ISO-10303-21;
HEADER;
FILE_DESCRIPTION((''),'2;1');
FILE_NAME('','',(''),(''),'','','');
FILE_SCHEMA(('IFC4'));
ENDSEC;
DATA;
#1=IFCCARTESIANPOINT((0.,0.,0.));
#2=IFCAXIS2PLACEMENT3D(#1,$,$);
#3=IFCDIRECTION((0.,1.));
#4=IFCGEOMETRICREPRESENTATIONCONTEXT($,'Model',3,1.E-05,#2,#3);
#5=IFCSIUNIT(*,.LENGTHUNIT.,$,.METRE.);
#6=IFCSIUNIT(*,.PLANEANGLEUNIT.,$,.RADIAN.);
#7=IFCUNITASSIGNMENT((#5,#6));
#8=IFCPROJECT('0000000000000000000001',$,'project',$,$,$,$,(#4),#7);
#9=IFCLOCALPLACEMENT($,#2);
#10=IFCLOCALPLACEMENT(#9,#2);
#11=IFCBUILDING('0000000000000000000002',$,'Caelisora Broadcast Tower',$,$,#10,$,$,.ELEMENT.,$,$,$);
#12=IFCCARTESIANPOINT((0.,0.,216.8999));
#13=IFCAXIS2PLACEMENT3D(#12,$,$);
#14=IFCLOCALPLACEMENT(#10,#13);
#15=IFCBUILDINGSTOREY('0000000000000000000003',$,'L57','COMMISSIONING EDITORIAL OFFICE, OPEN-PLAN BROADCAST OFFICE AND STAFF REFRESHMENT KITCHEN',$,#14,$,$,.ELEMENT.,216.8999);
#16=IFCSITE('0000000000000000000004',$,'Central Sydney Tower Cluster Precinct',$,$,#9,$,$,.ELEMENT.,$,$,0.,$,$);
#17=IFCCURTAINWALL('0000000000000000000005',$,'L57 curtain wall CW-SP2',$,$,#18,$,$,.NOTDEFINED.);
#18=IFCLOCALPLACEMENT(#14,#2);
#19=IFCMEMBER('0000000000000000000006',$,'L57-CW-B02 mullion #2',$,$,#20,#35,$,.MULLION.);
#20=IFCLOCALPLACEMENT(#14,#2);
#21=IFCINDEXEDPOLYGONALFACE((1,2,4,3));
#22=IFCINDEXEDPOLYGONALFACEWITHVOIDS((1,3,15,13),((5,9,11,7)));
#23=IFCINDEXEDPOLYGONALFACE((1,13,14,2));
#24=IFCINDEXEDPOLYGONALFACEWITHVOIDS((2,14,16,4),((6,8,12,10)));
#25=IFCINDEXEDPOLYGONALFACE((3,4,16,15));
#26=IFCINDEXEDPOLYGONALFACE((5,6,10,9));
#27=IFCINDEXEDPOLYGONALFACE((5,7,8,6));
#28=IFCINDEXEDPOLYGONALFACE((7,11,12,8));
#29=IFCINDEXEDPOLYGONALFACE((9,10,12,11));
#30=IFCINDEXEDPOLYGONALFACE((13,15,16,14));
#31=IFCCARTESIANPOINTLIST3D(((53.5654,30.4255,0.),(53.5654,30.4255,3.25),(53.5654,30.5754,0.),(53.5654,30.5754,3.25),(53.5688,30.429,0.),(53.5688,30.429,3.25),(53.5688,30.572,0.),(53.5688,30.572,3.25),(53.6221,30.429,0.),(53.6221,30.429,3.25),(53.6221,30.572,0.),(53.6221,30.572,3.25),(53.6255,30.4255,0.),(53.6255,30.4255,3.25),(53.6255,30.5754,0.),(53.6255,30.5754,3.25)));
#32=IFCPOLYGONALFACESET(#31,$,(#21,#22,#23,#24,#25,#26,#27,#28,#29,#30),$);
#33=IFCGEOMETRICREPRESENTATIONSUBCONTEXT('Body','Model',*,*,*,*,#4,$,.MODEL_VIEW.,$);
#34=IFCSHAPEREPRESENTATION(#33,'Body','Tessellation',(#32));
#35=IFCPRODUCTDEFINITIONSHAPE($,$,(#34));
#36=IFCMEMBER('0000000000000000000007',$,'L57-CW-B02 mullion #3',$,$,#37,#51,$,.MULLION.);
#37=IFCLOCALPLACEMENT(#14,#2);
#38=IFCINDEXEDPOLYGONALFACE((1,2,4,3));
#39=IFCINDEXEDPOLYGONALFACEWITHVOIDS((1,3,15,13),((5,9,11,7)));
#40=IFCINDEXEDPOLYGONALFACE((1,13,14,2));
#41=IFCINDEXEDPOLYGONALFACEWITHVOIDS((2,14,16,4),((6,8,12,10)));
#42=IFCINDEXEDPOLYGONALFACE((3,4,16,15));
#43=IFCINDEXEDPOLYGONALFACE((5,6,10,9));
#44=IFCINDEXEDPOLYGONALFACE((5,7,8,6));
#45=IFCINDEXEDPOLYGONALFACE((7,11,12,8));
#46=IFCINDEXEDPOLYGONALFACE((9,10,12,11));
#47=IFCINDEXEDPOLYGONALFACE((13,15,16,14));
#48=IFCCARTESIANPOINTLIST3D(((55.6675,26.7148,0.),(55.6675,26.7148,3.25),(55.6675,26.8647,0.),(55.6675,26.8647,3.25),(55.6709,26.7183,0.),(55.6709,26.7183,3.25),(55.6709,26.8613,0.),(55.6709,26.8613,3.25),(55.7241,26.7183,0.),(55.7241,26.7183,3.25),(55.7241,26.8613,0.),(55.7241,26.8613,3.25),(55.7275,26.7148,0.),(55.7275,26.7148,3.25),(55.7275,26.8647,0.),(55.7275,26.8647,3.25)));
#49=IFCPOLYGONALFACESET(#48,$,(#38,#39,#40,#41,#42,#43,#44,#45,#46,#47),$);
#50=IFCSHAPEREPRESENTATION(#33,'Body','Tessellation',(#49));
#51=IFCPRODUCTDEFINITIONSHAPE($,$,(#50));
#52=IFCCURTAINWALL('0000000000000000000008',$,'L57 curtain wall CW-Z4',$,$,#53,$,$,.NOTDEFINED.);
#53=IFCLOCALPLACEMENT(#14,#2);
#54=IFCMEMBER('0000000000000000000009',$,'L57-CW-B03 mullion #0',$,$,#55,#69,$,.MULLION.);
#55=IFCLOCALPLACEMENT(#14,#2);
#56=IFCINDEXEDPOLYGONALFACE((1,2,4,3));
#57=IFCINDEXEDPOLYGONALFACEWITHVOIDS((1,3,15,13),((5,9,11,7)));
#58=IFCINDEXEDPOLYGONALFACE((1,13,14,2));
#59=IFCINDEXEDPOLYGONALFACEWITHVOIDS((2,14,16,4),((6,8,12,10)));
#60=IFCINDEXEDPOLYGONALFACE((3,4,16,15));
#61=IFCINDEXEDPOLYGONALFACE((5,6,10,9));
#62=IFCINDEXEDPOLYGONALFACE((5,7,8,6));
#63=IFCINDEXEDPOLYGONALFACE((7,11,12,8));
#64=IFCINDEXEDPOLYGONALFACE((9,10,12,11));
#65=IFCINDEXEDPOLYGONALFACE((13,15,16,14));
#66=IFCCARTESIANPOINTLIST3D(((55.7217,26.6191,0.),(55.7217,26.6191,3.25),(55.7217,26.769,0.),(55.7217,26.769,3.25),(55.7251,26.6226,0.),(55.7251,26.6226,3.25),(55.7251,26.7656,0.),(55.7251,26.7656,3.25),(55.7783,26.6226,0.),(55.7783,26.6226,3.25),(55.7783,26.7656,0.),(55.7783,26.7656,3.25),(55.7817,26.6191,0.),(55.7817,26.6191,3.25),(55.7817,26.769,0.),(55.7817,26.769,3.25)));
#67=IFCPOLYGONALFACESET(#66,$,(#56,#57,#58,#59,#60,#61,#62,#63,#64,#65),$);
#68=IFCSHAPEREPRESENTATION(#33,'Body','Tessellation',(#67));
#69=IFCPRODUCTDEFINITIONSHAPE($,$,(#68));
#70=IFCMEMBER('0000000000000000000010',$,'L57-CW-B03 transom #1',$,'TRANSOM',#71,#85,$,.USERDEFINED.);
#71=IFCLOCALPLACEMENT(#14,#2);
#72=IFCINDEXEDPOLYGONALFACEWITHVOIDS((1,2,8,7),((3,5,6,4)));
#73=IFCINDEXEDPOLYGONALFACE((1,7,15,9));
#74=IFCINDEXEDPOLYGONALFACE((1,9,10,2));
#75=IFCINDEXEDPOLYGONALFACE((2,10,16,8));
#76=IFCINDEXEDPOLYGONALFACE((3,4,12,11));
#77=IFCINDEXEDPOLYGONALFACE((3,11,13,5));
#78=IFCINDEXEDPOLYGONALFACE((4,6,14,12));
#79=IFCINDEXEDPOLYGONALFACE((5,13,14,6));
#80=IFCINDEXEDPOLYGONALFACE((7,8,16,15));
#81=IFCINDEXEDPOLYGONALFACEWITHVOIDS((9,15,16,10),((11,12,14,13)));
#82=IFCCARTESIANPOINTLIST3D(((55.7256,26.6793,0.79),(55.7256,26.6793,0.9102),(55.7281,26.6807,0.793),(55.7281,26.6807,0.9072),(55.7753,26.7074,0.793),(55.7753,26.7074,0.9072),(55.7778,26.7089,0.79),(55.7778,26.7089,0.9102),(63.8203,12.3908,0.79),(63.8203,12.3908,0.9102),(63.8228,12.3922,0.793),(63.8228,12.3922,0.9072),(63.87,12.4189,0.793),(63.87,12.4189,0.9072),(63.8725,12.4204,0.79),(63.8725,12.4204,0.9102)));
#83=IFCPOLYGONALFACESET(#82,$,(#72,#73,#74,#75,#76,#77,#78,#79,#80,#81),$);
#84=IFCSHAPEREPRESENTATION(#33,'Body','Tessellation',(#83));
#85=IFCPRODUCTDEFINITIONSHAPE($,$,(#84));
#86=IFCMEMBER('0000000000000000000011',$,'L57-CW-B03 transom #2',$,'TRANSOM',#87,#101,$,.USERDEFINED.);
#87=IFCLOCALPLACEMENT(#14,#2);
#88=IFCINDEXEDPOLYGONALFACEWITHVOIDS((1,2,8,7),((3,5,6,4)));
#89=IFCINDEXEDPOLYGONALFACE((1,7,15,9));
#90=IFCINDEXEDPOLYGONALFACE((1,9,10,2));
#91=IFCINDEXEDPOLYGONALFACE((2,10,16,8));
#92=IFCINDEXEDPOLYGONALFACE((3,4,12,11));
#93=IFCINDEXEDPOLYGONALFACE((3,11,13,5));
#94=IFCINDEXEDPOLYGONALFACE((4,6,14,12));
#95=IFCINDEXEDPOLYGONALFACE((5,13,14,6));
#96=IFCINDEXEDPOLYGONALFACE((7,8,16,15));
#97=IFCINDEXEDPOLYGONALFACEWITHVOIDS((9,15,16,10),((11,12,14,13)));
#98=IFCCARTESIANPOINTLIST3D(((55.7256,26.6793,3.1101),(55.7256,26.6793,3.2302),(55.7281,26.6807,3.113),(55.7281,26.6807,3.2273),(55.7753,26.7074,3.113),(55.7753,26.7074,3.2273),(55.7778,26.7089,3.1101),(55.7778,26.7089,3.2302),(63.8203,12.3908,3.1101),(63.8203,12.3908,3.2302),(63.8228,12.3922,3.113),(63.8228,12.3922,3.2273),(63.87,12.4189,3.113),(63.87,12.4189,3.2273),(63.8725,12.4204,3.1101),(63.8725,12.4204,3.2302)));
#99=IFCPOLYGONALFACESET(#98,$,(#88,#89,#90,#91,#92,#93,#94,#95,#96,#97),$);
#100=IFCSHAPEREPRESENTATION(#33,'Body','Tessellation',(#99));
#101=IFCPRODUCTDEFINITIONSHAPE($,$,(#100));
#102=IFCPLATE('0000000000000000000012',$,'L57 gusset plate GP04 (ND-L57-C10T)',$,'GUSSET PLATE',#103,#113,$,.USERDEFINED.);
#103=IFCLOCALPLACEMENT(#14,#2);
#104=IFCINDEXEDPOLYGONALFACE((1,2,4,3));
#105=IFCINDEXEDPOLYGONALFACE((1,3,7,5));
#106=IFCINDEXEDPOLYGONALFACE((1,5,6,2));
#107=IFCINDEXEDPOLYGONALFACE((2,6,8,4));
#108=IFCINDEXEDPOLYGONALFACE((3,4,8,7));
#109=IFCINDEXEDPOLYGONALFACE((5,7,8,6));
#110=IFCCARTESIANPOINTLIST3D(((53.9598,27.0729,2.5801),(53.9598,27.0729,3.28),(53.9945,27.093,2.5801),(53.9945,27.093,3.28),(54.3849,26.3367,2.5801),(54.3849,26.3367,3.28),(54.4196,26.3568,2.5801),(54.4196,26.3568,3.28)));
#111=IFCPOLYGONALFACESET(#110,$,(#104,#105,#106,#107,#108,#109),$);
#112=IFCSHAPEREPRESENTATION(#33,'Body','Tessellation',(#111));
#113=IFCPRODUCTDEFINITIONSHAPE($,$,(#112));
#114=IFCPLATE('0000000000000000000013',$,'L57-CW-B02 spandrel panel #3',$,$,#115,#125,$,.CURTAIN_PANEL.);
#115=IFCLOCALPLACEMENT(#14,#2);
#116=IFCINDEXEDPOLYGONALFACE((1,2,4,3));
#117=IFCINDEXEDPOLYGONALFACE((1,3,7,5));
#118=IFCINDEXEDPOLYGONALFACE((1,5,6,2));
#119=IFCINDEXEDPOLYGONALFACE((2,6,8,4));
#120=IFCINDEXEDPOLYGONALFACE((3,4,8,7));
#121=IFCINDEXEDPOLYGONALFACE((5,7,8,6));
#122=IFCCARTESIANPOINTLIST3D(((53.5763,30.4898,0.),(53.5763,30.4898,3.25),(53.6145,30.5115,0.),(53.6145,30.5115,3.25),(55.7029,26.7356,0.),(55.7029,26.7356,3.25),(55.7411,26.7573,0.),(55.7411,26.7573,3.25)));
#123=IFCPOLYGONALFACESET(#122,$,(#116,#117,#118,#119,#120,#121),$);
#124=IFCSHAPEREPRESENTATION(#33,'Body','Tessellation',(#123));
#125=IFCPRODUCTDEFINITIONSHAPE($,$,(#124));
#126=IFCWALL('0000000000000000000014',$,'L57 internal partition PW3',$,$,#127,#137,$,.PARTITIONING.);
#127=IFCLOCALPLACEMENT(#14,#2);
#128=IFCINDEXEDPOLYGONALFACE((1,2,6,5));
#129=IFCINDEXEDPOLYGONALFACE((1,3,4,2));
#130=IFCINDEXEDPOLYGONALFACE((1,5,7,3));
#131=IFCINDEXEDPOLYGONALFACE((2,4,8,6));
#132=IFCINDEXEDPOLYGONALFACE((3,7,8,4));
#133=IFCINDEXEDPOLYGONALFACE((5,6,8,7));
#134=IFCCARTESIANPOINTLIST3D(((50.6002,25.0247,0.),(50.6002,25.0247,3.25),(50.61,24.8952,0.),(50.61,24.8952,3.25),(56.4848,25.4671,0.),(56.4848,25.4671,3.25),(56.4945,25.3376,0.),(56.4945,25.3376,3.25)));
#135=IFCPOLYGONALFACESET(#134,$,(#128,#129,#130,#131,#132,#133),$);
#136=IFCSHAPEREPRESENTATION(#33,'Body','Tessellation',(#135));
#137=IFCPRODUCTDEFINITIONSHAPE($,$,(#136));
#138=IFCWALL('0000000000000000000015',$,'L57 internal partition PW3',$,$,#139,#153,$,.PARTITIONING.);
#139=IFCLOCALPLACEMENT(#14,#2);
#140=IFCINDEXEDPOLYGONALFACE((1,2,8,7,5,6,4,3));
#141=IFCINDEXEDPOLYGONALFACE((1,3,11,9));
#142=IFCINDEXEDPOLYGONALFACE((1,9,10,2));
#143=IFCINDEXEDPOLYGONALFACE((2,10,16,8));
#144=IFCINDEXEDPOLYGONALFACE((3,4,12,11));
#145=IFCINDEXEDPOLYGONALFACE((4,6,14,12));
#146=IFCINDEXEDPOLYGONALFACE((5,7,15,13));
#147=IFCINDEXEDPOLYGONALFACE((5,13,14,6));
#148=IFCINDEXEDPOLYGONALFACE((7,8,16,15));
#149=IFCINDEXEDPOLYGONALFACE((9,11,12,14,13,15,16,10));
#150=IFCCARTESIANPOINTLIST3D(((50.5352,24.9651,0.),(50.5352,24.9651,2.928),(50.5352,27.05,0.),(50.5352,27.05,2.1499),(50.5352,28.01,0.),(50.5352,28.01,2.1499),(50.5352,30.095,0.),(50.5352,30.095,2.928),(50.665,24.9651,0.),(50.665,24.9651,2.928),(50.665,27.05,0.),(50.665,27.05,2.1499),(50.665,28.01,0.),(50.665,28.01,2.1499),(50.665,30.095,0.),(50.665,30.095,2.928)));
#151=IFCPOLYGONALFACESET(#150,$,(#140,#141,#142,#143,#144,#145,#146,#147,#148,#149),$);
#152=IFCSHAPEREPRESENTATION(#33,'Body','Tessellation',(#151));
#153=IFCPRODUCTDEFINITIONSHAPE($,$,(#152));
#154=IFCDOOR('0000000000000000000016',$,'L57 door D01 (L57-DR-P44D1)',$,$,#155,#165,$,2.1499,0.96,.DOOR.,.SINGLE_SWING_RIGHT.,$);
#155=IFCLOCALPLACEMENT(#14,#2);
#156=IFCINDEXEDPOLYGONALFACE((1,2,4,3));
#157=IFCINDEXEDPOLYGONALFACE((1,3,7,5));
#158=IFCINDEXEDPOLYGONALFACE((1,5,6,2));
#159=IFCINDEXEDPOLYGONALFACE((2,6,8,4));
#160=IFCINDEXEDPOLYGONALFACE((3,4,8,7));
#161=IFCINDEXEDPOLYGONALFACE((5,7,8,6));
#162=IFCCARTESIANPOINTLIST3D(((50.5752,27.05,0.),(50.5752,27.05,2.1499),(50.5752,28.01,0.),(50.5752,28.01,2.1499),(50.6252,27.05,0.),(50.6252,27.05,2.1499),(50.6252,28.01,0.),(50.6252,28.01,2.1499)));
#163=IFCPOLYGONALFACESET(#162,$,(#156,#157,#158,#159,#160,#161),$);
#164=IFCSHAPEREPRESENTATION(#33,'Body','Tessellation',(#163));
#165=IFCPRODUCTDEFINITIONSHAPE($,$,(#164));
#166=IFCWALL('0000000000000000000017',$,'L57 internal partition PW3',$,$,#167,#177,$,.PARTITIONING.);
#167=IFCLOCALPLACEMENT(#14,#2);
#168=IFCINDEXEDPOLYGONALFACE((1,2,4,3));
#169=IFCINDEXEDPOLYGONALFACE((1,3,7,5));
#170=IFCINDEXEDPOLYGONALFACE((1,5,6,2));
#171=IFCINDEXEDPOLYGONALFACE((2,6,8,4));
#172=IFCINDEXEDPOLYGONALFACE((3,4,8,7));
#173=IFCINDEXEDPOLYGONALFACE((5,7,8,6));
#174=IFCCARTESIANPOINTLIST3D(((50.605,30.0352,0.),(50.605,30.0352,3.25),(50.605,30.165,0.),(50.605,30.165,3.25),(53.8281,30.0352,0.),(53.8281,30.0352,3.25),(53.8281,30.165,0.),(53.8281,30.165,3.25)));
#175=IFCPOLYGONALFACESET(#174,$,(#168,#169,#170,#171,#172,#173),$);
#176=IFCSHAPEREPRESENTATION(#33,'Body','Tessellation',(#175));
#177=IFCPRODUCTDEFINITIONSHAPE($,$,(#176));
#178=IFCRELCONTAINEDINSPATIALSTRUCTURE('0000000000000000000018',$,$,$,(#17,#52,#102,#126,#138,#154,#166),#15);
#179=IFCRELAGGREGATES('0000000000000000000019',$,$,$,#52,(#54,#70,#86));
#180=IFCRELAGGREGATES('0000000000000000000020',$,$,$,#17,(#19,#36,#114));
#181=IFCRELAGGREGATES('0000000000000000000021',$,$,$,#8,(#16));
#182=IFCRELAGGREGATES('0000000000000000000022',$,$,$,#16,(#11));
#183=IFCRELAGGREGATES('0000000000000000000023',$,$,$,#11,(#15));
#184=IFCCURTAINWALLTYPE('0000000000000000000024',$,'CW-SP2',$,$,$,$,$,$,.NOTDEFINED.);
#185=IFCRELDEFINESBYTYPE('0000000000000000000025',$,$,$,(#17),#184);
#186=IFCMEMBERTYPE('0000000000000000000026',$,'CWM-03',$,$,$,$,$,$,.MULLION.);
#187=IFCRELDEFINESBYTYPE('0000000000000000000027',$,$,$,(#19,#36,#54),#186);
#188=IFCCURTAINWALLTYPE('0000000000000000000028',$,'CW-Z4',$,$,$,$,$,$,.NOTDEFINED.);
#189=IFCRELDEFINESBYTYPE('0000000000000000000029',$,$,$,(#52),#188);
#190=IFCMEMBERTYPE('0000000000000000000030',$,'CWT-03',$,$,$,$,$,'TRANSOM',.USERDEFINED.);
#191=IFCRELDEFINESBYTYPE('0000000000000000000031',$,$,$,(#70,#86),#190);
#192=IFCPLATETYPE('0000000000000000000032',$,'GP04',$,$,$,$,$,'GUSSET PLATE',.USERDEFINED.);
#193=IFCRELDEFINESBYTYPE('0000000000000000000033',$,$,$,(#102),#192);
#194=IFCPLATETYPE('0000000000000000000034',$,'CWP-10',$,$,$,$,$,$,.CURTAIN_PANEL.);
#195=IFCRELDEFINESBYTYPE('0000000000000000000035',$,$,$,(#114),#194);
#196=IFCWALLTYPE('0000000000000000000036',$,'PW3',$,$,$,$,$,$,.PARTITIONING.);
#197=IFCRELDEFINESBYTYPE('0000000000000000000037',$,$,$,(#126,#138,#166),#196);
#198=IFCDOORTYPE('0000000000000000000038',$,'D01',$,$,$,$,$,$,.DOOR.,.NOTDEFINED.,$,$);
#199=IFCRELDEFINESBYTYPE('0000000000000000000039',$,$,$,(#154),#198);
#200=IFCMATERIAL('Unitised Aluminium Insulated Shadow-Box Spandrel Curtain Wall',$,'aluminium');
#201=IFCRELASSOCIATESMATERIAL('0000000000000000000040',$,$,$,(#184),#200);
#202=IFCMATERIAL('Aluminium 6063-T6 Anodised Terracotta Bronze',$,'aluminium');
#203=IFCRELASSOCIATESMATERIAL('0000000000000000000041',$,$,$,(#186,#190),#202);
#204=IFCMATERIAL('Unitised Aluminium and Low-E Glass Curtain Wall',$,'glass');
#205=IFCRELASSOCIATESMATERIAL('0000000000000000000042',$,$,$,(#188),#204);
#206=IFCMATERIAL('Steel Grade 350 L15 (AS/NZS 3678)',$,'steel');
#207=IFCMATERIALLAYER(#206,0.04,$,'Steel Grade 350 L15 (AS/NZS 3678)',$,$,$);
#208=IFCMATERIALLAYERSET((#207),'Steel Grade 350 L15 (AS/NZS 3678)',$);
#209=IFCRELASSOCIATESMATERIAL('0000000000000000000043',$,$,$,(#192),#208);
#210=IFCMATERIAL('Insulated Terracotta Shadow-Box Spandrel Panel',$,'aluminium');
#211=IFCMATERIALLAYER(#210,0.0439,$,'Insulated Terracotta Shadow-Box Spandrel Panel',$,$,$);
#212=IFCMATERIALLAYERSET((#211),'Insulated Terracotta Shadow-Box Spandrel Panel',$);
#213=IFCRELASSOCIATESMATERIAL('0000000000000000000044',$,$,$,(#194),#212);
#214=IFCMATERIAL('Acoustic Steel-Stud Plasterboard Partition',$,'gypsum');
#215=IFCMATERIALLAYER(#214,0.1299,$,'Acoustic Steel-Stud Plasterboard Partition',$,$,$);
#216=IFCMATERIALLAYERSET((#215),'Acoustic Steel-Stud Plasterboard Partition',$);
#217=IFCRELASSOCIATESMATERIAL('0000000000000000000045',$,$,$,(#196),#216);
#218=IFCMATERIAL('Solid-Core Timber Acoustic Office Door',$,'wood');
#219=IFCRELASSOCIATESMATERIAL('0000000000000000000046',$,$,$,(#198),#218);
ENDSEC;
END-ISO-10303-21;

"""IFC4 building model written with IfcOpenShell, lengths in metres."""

from ifc_helpers import new_model, si_unit, direction, frame, frame_2d, origin, origin_2d, place, context, subcontext, project, spatial, rectangle, hollow_rectangle, extrude, source, transform, mapped, material, layer, layer_set, material_profile, profile_set, type_object, type_shapes, element, fill, aggregate, save


model = new_model("IFC4")

# Units and contexts
model_context = context("Model", 3, precision=1e-05, world=origin(), true_north=direction((0.0, 1.0)))
body_context = subcontext(model_context, "Body", "Model", "MODEL_VIEW")
ifc_project = project(units=[si_unit("LENGTHUNIT", "METRE"), si_unit("PLANEANGLEUNIT", "RADIAN")], contexts=[model_context])

# Site, building, storey
site_placement = place(None, origin())
site = spatial("IfcSite", under=ifc_project, at=site_placement, Name="Central Sydney Tower Cluster Precinct", CompositionType="ELEMENT", RefElevation=0.0)
building_placement = place(site_placement, origin())
building = spatial("IfcBuilding", under=site, at=building_placement, Name="Caelisora Broadcast Tower", CompositionType="ELEMENT")
storey_placement = place(building_placement, frame((0.0, 0.0, 216.8999)))
storey = spatial("IfcBuildingStorey", under=building, at=storey_placement, Name="L57", Description="COMMISSIONING EDITORIAL OFFICE, OPEN-PLAN BROADCAST OFFICE AND STAFF REFRESHMENT KITCHEN", CompositionType="ELEMENT", Elevation=216.8999)

# Shared definitions
ifc_material_1 = material(Name="Steel Grade 350 L15 (AS/NZS 3678)", Category="steel")

# Curtain walls, members
ifc_material_2 = material(Name="Unitised Aluminium Insulated Shadow-Box Spandrel Curtain Wall", Category="aluminium")
curtain_wall_type_1 = type_object("IfcCurtainWallType", Name="CW-SP2", PredefinedType="NOTDEFINED", material=ifc_material_2)
curtain_wall_1_placement = place(storey_placement, origin())
curtain_wall_1 = element("IfcCurtainWall", 1, at=curtain_wall_1_placement, inside=storey, type_object=curtain_wall_type_1, Name="L57 curtain wall CW-SP2", PredefinedType="NOTDEFINED")
ifc_material_3 = material(Name="Aluminium 6063-T6 Anodised Terracotta Bronze", Category="aluminium")
ifc_material_profile_1 = material_profile(ifc_material_3, hollow_rectangle(XDim=0.0601, YDim=0.1499, WallThickness=0.0034, at=origin_2d()), Name="Aluminium 6063-T6 Anodised Terracotta Bronze")
ifc_profile_set_1 = profile_set([ifc_material_profile_1], Name="Aluminium 6063-T6 Anodised Terracotta Bronze")
member_type_1 = type_object("IfcMemberType", Name="CWM-03", PredefinedType="MULLION", material=ifc_profile_set_1)
shared_shape_1 = source(origin(), body_context, "Body", "SweptSolid", [
    extrude(hollow_rectangle(XDim=0.0601, YDim=0.1499, WallThickness=0.0034, at=origin_2d()), origin(), (0.0, 0.0, 1.0), 3.25),
])
type_shapes(member_type_1, [shared_shape_1])
member_1_placement = place(storey_placement, frame((53.5955, 30.5005, 0.0), z_axis=(0.0, 0.0, 1.0), x_axis=(1.0, 0.0, 0.0)))
member_1 = element("IfcMember", 2, at=member_1_placement, type_object=member_type_1, Name="L57-CW-B02 mullion #2", PredefinedType="MULLION", context=body_context, shape_type="MappedRepresentation", body=[
    mapped(shared_shape_1, transform((0.0, 0.0, 0.0), scale=1.0)),
])
member_2_placement = place(storey_placement, frame((55.6975, 26.7898, 0.0), z_axis=(0.0, 0.0, 1.0), x_axis=(1.0, 0.0, 0.0)))
member_2 = element("IfcMember", 3, at=member_2_placement, type_object=member_type_1, Name="L57-CW-B02 mullion #3", PredefinedType="MULLION", context=body_context, shape_type="MappedRepresentation", body=[
    mapped(shared_shape_1, transform((0.0, 0.0, 0.0), scale=1.0)),
])
ifc_material_4 = material(Name="Unitised Aluminium and Low-E Glass Curtain Wall", Category="glass")
curtain_wall_type_2 = type_object("IfcCurtainWallType", Name="CW-Z4", PredefinedType="NOTDEFINED", material=ifc_material_4)
curtain_wall_2_placement = place(storey_placement, origin())
curtain_wall_2 = element("IfcCurtainWall", 4, at=curtain_wall_2_placement, inside=storey, type_object=curtain_wall_type_2, Name="L57 curtain wall CW-Z4", PredefinedType="NOTDEFINED")
member_3_placement = place(storey_placement, frame((55.7517, 26.6941, 0.0), z_axis=(0.0, 0.0, 1.0), x_axis=(1.0, 0.0, 0.0)))
member_3 = element("IfcMember", 5, at=member_3_placement, type_object=member_type_1, Name="L57-CW-B03 mullion #0", PredefinedType="MULLION", context=body_context, shape_type="MappedRepresentation", body=[
    mapped(shared_shape_1, transform((0.0, 0.0, 0.0), scale=1.0)),
])
ifc_material_profile_2 = material_profile(ifc_material_3, hollow_rectangle(XDim=0.0601, YDim=0.1201, WallThickness=0.0029, at=origin_2d()), Name="Aluminium 6063-T6 Anodised Terracotta Bronze")
ifc_profile_set_2 = profile_set([ifc_material_profile_2], Name="Aluminium 6063-T6 Anodised Terracotta Bronze")
member_type_2 = type_object("IfcMemberType", Name="CWT-03", ElementType="TRANSOM", PredefinedType="USERDEFINED", material=ifc_profile_set_2)
shared_shape_2 = source(origin(), body_context, "Body", "SweptSolid", [
    extrude(hollow_rectangle(XDim=0.0601, YDim=0.1201, WallThickness=0.0029, at=origin_2d()), origin(), (0.0, 0.0, 1.0), 16.4221),
])
type_shapes(member_type_2, [shared_shape_2])
member_4_placement = place(storey_placement, frame((55.7517, 26.6941, 0.8501), z_axis=(0.492914, -0.870078, 0.0), x_axis=(0.870078, 0.492914, 0.0)))
member_4 = element("IfcMember", 6, at=member_4_placement, type_object=member_type_2, Name="L57-CW-B03 transom #1", ObjectType="TRANSOM", PredefinedType="USERDEFINED", context=body_context, shape_type="MappedRepresentation", body=[
    mapped(shared_shape_2, transform((0.0, 0.0, 0.0), scale=1.0)),
])
member_5_placement = place(storey_placement, frame((55.7517, 26.6941, 3.1702), z_axis=(0.492914, -0.870078, 0.0), x_axis=(0.870078, 0.492914, 0.0)))
member_5 = element("IfcMember", 7, at=member_5_placement, type_object=member_type_2, Name="L57-CW-B03 transom #2", ObjectType="TRANSOM", PredefinedType="USERDEFINED", context=body_context, shape_type="MappedRepresentation", body=[
    mapped(shared_shape_2, transform((0.0, 0.0, 0.0), scale=1.0)),
])
aggregate(curtain_wall_2, [member_3, member_4, member_5])

# Plates
ifc_layer_1 = layer(ifc_material_1, 0.04, Name="Steel Grade 350 L15 (AS/NZS 3678)")
ifc_layer_set_1 = layer_set([ifc_layer_1], Name="Steel Grade 350 L15 (AS/NZS 3678)")
plate_type_1 = type_object("IfcPlateType", Name="GP04", ElementType="GUSSET PLATE", PredefinedType="USERDEFINED", material=ifc_layer_set_1)
shared_shape_3 = source(origin(), body_context, "Body", "SweptSolid", [
    extrude(rectangle(XDim=0.8501, YDim=0.04, at=origin_2d()), origin(), (0.0, 0.0, 1.0), 0.7),
])
type_shapes(plate_type_1, [shared_shape_3])
plate_1_placement = place(storey_placement, frame((54.1897, 26.7148, 2.5801), z_axis=(0.0, 0.0, 1.0), x_axis=(-0.5, 0.866025, 0.0)))
element("IfcPlate", 8, at=plate_1_placement, inside=storey, type_object=plate_type_1, Name="L57 gusset plate GP04 (ND-L57-C10T)", ObjectType="GUSSET PLATE", PredefinedType="USERDEFINED", context=body_context, shape_type="MappedRepresentation", body=[
    mapped(shared_shape_3, transform((0.0, 0.0, 0.0), scale=1.0)),
])
ifc_material_5 = material(Name="Insulated Terracotta Shadow-Box Spandrel Panel", Category="aluminium")
ifc_layer_2 = layer(ifc_material_5, 0.0439, Name="Insulated Terracotta Shadow-Box Spandrel Panel")
ifc_layer_set_2 = layer_set([ifc_layer_2], Name="Insulated Terracotta Shadow-Box Spandrel Panel")
plate_type_2 = type_object("IfcPlateType", Name="CWP-10", PredefinedType="CURTAIN_PANEL", material=ifc_layer_set_2)
shared_shape_4 = source(origin(), body_context, "Body", "SweptSolid", [
    extrude(rectangle(XDim=4.3147, YDim=0.0439, at=origin_2d()), origin(), (0.0, 0.0, 1.0), 3.25),
])
type_shapes(plate_type_2, [shared_shape_4])
plate_2_placement = place(storey_placement, frame((54.6587, 28.6235, 0.0), z_axis=(0.0, 0.0, 1.0), x_axis=(0.492879, -0.870098, 0.0)))
plate_2 = element("IfcPlate", 9, at=plate_2_placement, type_object=plate_type_2, Name="L57-CW-B02 spandrel panel #3", PredefinedType="CURTAIN_PANEL", context=body_context, shape_type="MappedRepresentation", body=[
    mapped(shared_shape_4, transform((0.0, 0.0, 0.0), scale=1.0)),
])
aggregate(curtain_wall_1, [member_1, member_2, plate_2])

# Wall
ifc_material_6 = material(Name="Acoustic Steel-Stud Plasterboard Partition", Category="gypsum")
ifc_layer_3 = layer(ifc_material_6, 0.1299, Name="Acoustic Steel-Stud Plasterboard Partition")
ifc_layer_set_3 = layer_set([ifc_layer_3], Name="Acoustic Steel-Stud Plasterboard Partition")
wall_type_1 = type_object("IfcWallType", Name="PW3", PredefinedType="PARTITIONING", material=ifc_layer_set_3)
wall_1_placement = place(storey_placement, frame((50.605, 24.96, 0.0), z_axis=(0.0, 0.0, 1.0), x_axis=(0.997186, 0.074966, 0.0)))
element("IfcWall", 10, at=wall_1_placement, inside=storey, type_object=wall_type_1, Name="L57 internal partition PW3", PredefinedType="PARTITIONING", context=body_context, shape_type="SweptSolid", body=[
    extrude(rectangle(XDim=5.9011, YDim=0.1299, at=frame_2d((2.9507, 0.0))), origin(), (0.0, 0.0, 1.0), 3.25),
])

# Wall, opening, door
wall_2_placement = place(storey_placement, frame((50.6001, 24.9651, 0.0), z_axis=(0.0, 0.0, 1.0), x_axis=(0.0, 1.0, 0.0)))
wall_2 = element("IfcWall", 11, at=wall_2_placement, inside=storey, type_object=wall_type_1, Name="L57 internal partition PW3", PredefinedType="PARTITIONING", context=body_context, shape_type="SweptSolid", body=[
    extrude(rectangle(XDim=5.1299, YDim=0.1299, at=frame_2d((2.5649, 0.0))), origin(), (0.0, 0.0, 1.0), 2.928),
])
opening_placement = place(wall_2_placement, frame((2.085, 0.0, 0.0)))
opening = element("IfcOpeningElement", 12, at=opening_placement, cuts=wall_2, PredefinedType="OPENING", context=body_context, shape_type="SweptSolid", body=[
    extrude(rectangle(XDim=0.96, YDim=2.1499, at=frame_2d((0.48, 1.075))), frame((0.0, 0.0769, 0.0), z_axis=(0.0, -1.0, 0.0), x_axis=(1.0, 0.0, 0.0)), (0.0, 0.0, 1.0), 0.1538),
])
ifc_material_7 = material(Name="Solid-Core Timber Acoustic Office Door", Category="wood")
door_type = type_object("IfcDoorType", Name="D01", OperationType="NOTDEFINED", PredefinedType="DOOR", material=ifc_material_7)
door_placement = place(opening_placement, origin())
door = element("IfcDoor", 13, at=door_placement, inside=storey, type_object=door_type, Name="L57 door D01 (L57-DR-P44D1)", OperationType="SINGLE_SWING_RIGHT", OverallHeight=2.1499, OverallWidth=0.96, PredefinedType="DOOR", context=body_context, shape_type="SweptSolid", body=[
    extrude(rectangle(XDim=0.96, YDim=2.1499, at=frame_2d((0.48, 1.075))), frame((0.0, 0.0249, 0.0), z_axis=(0.0, -1.0, 0.0), x_axis=(1.0, 0.0, 0.0)), (0.0, 0.0, 1.0), 0.05),
])
fill(opening, door)

# Wall
wall_3_placement = place(storey_placement, frame((50.605, 30.1001, 0.0), z_axis=(0.0, 0.0, 1.0), x_axis=(1.0, 0.0, 0.0)))
element("IfcWall", 14, at=wall_3_placement, inside=storey, type_object=wall_type_1, Name="L57 internal partition PW3", PredefinedType="PARTITIONING", context=body_context, shape_type="SweptSolid", body=[
    extrude(rectangle(XDim=3.2231, YDim=0.1299, at=frame_2d((1.6116, 0.0))), origin(), (0.0, 0.0, 1.0), 3.25),
])

save(model, "model.ifc")
